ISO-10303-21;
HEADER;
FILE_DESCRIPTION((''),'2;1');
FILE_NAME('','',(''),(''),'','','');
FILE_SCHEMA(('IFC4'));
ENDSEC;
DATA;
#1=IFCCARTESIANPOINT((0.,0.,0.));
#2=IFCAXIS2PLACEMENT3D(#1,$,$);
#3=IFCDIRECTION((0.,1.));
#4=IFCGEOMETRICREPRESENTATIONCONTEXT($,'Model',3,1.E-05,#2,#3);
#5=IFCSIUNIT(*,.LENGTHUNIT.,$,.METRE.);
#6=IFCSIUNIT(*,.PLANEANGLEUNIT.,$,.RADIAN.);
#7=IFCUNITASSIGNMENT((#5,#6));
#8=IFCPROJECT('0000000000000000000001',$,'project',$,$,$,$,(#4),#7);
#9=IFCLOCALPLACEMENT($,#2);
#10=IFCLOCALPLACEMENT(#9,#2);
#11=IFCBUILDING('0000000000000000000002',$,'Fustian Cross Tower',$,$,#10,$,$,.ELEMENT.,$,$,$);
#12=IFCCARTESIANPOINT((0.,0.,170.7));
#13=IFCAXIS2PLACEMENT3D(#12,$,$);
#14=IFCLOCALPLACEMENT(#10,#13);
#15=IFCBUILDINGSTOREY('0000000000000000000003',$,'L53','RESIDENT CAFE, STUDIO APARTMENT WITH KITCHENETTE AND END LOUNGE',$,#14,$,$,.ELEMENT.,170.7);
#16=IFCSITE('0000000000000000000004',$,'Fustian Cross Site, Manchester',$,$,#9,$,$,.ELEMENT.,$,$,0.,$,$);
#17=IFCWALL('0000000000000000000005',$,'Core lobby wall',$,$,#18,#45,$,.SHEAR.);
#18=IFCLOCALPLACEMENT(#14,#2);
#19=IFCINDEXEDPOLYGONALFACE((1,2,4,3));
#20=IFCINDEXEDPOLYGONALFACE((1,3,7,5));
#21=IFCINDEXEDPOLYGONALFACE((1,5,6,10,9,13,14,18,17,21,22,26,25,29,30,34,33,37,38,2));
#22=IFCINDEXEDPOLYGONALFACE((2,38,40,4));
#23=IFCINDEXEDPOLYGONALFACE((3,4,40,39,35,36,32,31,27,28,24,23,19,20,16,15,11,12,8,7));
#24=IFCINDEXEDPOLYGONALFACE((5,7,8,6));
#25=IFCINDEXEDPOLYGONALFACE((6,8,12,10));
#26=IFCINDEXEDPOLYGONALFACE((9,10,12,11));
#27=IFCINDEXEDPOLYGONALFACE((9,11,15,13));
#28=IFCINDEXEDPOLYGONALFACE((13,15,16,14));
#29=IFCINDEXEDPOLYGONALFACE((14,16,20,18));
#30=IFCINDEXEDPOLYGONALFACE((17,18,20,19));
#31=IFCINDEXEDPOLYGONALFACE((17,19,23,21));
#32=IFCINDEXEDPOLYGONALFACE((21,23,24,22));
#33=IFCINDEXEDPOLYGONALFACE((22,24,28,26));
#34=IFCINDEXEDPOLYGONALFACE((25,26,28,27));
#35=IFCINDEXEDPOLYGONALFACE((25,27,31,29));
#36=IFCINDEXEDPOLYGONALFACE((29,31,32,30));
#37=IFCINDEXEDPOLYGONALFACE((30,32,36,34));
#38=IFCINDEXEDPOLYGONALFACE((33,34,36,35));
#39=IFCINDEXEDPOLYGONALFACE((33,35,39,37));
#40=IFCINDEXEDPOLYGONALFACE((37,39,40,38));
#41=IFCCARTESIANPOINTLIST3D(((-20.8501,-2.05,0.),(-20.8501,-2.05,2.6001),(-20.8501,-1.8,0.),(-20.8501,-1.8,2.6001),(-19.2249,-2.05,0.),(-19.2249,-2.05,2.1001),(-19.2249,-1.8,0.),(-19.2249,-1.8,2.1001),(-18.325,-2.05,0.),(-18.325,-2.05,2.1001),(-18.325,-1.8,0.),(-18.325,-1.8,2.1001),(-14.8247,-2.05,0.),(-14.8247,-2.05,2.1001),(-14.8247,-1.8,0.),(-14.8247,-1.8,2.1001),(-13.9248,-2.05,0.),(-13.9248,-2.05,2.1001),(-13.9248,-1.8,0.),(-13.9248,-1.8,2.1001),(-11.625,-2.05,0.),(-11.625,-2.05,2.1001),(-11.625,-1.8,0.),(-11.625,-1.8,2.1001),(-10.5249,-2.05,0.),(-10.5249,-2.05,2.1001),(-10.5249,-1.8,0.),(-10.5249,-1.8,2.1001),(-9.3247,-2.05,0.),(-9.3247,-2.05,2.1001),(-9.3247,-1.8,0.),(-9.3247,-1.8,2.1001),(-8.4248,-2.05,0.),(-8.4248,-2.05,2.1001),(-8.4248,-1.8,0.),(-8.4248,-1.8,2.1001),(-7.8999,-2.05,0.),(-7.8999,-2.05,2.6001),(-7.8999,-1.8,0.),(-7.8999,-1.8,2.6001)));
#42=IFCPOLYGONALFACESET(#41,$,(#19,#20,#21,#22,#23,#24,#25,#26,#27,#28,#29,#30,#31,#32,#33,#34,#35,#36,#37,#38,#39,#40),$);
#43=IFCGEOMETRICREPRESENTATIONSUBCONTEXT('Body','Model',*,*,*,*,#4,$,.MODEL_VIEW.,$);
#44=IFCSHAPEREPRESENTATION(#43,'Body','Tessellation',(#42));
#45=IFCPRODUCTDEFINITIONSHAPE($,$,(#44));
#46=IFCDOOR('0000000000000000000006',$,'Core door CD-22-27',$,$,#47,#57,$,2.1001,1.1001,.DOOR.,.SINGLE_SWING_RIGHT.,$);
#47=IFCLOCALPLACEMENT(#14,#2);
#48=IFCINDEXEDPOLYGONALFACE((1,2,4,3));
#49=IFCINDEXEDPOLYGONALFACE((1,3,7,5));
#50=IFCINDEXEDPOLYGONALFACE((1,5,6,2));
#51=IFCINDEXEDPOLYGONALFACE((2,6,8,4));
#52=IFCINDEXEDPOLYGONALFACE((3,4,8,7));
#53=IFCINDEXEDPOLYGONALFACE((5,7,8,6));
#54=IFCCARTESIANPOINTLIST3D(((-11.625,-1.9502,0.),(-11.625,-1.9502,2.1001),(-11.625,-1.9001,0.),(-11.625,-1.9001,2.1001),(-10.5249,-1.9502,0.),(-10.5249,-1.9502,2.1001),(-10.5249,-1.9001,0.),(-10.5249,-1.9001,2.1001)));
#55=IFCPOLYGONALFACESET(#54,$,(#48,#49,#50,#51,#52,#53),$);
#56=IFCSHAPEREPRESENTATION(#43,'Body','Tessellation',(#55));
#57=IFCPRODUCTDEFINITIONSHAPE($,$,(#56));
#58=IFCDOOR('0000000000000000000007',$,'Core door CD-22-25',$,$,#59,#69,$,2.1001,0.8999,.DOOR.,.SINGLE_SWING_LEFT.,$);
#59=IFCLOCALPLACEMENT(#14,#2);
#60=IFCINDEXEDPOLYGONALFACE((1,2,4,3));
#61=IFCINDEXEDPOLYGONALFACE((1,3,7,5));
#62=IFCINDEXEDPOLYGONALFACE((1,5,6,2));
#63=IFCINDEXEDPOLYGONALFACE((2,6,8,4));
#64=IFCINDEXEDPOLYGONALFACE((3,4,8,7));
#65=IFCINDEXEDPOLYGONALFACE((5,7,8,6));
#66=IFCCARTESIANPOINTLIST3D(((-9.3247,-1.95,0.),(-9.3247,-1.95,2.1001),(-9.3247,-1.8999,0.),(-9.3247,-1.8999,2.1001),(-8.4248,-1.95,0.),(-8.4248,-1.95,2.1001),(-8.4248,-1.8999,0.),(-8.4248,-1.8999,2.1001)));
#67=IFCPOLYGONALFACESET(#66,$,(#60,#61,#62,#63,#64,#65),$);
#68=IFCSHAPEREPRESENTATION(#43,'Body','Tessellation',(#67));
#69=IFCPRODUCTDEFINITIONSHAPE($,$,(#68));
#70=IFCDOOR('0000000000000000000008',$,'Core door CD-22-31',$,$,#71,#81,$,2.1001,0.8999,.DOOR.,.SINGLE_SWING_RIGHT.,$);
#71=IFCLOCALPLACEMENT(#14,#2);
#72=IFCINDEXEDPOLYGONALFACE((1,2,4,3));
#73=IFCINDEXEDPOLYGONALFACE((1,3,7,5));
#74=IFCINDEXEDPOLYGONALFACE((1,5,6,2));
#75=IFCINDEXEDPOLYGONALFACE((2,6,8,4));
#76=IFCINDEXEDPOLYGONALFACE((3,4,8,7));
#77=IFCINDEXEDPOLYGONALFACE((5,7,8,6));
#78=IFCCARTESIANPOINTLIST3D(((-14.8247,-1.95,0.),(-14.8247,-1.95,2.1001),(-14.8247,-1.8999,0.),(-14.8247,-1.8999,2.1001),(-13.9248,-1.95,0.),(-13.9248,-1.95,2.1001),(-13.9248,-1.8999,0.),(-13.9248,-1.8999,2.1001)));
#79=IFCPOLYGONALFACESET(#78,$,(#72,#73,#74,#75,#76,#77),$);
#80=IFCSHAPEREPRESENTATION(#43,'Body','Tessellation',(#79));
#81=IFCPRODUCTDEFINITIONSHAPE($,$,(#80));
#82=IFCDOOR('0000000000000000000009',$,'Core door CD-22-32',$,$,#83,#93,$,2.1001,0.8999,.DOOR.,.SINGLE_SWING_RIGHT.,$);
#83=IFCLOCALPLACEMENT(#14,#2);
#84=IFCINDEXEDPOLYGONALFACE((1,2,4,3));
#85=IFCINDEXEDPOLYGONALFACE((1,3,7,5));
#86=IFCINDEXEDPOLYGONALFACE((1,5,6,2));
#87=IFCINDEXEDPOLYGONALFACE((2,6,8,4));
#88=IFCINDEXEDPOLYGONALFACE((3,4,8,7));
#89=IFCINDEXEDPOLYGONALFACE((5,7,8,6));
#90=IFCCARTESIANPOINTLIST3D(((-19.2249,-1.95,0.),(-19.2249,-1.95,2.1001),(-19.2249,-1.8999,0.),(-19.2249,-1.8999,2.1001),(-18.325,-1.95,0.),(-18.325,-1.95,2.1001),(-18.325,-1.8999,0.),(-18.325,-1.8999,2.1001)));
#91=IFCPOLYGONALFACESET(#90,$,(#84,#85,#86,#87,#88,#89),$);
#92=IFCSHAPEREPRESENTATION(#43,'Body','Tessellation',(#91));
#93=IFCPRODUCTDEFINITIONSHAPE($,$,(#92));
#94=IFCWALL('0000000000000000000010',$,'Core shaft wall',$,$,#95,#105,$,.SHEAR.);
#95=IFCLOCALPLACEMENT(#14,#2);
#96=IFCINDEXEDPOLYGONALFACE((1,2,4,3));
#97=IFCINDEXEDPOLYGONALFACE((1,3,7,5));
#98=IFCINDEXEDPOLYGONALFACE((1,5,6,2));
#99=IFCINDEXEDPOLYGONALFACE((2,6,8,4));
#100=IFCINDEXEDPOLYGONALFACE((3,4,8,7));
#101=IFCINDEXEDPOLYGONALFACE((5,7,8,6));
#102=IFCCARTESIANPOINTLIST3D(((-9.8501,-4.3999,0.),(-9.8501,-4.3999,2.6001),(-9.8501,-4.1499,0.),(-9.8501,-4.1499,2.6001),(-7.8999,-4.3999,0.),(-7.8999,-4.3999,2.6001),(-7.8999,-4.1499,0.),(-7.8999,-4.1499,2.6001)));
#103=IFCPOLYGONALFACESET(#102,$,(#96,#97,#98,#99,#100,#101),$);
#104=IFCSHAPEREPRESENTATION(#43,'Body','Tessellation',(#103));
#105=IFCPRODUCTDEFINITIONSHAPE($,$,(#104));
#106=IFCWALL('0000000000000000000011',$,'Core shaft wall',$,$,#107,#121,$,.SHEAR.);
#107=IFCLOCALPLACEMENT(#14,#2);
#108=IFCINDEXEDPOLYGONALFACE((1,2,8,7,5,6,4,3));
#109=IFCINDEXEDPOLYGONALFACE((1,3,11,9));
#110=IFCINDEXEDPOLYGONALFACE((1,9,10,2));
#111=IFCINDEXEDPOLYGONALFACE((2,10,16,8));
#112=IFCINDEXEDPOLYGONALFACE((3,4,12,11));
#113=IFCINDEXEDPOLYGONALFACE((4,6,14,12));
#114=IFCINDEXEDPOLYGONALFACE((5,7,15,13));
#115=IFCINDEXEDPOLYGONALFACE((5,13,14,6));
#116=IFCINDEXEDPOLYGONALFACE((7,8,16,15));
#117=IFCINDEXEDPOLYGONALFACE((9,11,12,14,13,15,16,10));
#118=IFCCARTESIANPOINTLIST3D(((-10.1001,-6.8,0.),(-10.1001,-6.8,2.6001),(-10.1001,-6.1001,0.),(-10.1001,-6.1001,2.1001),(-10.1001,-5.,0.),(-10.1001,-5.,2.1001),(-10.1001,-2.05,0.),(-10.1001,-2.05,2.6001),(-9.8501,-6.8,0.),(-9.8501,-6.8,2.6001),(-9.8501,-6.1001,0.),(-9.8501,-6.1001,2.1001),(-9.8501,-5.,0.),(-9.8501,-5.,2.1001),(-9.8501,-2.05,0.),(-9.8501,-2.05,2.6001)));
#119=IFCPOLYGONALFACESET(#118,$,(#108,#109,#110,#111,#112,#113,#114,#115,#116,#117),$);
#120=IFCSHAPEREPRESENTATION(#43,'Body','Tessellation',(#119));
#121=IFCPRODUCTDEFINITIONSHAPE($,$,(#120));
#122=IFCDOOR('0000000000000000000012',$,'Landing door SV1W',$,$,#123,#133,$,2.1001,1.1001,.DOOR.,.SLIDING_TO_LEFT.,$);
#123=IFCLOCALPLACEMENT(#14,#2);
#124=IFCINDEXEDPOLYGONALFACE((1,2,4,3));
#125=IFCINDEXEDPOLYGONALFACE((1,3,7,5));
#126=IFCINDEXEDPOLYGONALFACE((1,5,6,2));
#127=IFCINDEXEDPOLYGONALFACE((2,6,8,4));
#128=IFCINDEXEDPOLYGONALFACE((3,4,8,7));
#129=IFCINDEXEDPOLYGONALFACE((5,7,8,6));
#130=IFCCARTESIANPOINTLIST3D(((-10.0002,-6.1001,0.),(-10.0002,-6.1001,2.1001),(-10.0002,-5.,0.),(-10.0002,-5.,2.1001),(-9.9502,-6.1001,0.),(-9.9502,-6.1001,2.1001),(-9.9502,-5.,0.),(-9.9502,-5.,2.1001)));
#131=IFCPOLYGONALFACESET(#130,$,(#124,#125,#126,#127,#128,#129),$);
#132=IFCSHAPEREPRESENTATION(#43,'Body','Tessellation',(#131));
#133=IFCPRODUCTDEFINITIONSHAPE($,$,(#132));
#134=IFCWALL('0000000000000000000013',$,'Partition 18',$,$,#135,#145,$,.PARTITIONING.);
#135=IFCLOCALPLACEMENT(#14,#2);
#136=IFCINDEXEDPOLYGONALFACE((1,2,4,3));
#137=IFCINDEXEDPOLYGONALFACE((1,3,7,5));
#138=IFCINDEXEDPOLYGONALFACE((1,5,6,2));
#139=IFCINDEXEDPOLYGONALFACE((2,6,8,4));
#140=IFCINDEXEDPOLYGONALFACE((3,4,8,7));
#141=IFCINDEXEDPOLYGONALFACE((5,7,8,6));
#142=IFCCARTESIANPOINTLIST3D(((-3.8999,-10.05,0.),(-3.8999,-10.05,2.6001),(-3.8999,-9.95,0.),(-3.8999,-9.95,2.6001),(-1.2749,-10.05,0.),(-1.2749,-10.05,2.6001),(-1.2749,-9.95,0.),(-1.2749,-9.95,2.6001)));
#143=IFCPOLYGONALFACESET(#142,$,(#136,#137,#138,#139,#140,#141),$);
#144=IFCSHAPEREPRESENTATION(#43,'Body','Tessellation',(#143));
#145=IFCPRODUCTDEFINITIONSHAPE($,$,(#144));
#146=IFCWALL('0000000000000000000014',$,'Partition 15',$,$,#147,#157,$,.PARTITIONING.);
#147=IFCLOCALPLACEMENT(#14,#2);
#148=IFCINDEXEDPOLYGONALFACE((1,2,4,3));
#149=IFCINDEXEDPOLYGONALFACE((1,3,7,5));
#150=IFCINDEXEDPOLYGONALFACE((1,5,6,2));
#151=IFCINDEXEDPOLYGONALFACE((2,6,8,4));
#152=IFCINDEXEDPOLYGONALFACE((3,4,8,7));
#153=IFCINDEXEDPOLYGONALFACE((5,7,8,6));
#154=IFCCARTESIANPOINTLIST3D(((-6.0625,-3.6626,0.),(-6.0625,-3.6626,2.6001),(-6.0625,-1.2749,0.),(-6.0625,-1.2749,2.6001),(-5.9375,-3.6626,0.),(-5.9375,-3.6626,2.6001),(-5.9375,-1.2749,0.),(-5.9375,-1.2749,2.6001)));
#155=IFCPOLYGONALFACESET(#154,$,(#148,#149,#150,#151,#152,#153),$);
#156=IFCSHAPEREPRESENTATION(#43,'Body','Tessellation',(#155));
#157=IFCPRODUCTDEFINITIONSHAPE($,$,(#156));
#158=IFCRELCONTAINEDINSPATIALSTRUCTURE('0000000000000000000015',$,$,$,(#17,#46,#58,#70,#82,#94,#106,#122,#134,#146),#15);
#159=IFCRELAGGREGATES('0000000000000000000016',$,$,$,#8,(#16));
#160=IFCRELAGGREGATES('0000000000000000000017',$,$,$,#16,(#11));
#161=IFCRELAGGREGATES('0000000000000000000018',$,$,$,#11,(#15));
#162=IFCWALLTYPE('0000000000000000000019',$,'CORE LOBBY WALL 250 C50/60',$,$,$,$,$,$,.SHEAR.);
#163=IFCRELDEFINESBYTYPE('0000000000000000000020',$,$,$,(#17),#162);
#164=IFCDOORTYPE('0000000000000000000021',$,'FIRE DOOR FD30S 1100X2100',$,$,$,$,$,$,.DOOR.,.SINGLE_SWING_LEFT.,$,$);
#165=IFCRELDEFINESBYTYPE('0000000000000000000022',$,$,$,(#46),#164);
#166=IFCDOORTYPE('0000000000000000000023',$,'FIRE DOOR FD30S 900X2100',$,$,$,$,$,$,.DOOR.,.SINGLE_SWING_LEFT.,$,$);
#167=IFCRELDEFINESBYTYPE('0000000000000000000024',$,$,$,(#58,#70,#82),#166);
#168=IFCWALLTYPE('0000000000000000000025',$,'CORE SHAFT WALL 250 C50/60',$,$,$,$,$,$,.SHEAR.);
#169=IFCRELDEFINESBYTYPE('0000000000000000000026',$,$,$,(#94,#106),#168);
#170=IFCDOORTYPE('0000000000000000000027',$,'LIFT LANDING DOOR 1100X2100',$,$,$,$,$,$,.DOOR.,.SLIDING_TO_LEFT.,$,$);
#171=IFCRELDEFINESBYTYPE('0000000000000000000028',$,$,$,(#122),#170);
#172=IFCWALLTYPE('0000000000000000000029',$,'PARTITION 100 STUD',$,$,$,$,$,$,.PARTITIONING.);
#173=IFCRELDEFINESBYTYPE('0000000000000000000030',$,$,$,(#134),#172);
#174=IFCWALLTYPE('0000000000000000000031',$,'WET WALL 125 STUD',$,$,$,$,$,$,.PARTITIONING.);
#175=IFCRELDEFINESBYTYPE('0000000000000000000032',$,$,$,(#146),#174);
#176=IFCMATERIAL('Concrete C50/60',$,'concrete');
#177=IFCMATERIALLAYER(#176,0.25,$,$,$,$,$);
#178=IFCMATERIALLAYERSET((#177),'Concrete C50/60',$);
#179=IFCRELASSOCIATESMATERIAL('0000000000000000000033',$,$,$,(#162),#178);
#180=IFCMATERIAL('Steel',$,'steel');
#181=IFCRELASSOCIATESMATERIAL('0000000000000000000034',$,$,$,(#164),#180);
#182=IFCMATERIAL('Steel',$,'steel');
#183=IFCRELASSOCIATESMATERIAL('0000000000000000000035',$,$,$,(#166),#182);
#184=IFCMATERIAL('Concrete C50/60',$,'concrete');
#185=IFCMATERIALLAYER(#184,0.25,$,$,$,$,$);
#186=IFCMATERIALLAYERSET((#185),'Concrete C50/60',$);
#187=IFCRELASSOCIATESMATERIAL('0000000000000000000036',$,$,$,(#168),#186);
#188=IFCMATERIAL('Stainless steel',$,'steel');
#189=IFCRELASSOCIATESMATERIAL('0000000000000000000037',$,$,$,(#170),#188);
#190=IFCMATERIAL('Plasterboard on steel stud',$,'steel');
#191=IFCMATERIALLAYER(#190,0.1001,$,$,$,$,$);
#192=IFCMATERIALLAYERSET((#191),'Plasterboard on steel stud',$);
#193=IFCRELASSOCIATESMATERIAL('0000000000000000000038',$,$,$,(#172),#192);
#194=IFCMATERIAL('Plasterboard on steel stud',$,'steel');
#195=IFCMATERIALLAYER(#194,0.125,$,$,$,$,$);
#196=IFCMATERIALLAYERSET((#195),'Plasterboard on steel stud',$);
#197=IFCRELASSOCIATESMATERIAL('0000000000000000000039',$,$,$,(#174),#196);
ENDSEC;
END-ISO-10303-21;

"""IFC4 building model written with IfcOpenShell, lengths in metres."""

from ifc_helpers import new_model, si_unit, direction, frame, frame_2d, origin, place, context, subcontext, project, spatial, rectangle, extrude, material, layer, layer_set, type_object, element, fill, save


model = new_model("IFC4")

# Units and contexts
model_context = context("Model", 3, precision=1e-05, world=origin(), true_north=direction((0.0, 1.0)))
body_context = subcontext(model_context, "Body", "Model", "MODEL_VIEW")
ifc_project = project(units=[si_unit("LENGTHUNIT", "METRE"), si_unit("PLANEANGLEUNIT", "RADIAN")], contexts=[model_context])

# Site, building, storey
site_placement = place(None, origin())
site = spatial("IfcSite", under=ifc_project, at=site_placement, Name="Fustian Cross Site, Manchester", CompositionType="ELEMENT", RefElevation=0.0)
building_placement = place(site_placement, origin())
building = spatial("IfcBuilding", under=site, at=building_placement, Name="Fustian Cross Tower", CompositionType="ELEMENT")
storey_placement = place(building_placement, frame((0.0, 0.0, 170.7)))
storey = spatial("IfcBuildingStorey", under=building, at=storey_placement, Name="L53", Description="RESIDENT CAFE, STUDIO APARTMENT WITH KITCHENETTE AND END LOUNGE", CompositionType="ELEMENT", Elevation=170.7)

# Wall, openings, doors
ifc_material_1 = material(Name="Concrete C50/60", Category="concrete")
ifc_layer_1 = layer(ifc_material_1, 0.25)
ifc_layer_set_1 = layer_set([ifc_layer_1], Name="Concrete C50/60")
wall_type_1 = type_object("IfcWallType", Name="CORE LOBBY WALL 250 C50/60", PredefinedType="SHEAR", material=ifc_layer_set_1)
wall_1_placement = place(storey_placement, frame((-7.8999, -1.925, 0.0), z_axis=(0.0, 0.0, 1.0), x_axis=(-1.0, 0.0, 0.0)))
wall_1 = element("IfcWall", 1, at=wall_1_placement, inside=storey, type_object=wall_type_1, Name="Core lobby wall", PredefinedType="SHEAR", context=body_context, shape_type="SweptSolid", body=[
    extrude(rectangle(XDim=12.9502, YDim=0.25, at=frame_2d((6.4751, 0.0))), origin(), (0.0, 0.0, 1.0), 2.6001),
])
opening_1_placement = place(wall_1_placement, frame((0.5249, 0.0, 0.0)))
opening_1 = element("IfcOpeningElement", 2, at=opening_1_placement, cuts=wall_1, PredefinedType="OPENING", context=body_context, shape_type="SweptSolid", body=[
    extrude(rectangle(XDim=0.8999, YDim=2.1001, at=frame_2d((0.45, 1.05))), frame((0.0, 0.135, 0.0), z_axis=(0.0, -1.0, 0.0), x_axis=(1.0, 0.0, 0.0)), (0.0, 0.0, 1.0), 0.27),
])
opening_2_placement = place(wall_1_placement, frame((2.625, 0.0, 0.0)))
opening_2 = element("IfcOpeningElement", 3, at=opening_2_placement, cuts=wall_1, PredefinedType="OPENING", context=body_context, shape_type="SweptSolid", body=[
    extrude(rectangle(XDim=1.1001, YDim=2.1001, at=frame_2d((0.55, 1.05))), frame((0.0, 0.135, 0.0), z_axis=(0.0, -1.0, 0.0), x_axis=(1.0, 0.0, 0.0)), (0.0, 0.0, 1.0), 0.27),
])
opening_3_placement = place(wall_1_placement, frame((6.0249, 0.0, 0.0)))
opening_3 = element("IfcOpeningElement", 4, at=opening_3_placement, cuts=wall_1, PredefinedType="OPENING", context=body_context, shape_type="SweptSolid", body=[
    extrude(rectangle(XDim=0.8999, YDim=2.1001, at=frame_2d((0.45, 1.05))), frame((0.0, 0.135, 0.0), z_axis=(0.0, -1.0, 0.0), x_axis=(1.0, 0.0, 0.0)), (0.0, 0.0, 1.0), 0.27),
])
opening_4_placement = place(wall_1_placement, frame((10.425, 0.0, 0.0)))
opening_4 = element("IfcOpeningElement", 5, at=opening_4_placement, cuts=wall_1, PredefinedType="OPENING", context=body_context, shape_type="SweptSolid", body=[
    extrude(rectangle(XDim=0.8999, YDim=2.1001, at=frame_2d((0.45, 1.05))), frame((0.0, 0.135, 0.0), z_axis=(0.0, -1.0, 0.0), x_axis=(1.0, 0.0, 0.0)), (0.0, 0.0, 1.0), 0.27),
])
ifc_material_2 = material(Name="Steel", Category="steel")
door_type_1 = type_object("IfcDoorType", Name="FIRE DOOR FD30S 1100X2100", OperationType="SINGLE_SWING_LEFT", PredefinedType="DOOR", material=ifc_material_2)
door_1_placement = place(opening_2_placement, frame((1.1001, 0.0, 0.0), z_axis=(0.0, 0.0, 1.0), x_axis=(-1.0, 0.0, 0.0)))
door_1 = element("IfcDoor", 6, at=door_1_placement, inside=storey, type_object=door_type_1, Name="Core door CD-22-27", OperationType="SINGLE_SWING_RIGHT", OverallHeight=2.1001, OverallWidth=1.1001, PredefinedType="DOOR", context=body_context, shape_type="SweptSolid", body=[
    extrude(rectangle(XDim=1.1001, YDim=2.1001, at=frame_2d((0.55, 1.05))), frame((0.0, 0.0249, 0.0), z_axis=(0.0, -1.0, 0.0), x_axis=(1.0, 0.0, 0.0)), (0.0, 0.0, 1.0), 0.05),
])
fill(opening_2, door_1)
ifc_material_3 = material(Name="Steel", Category="steel")
door_type_2 = type_object("IfcDoorType", Name="FIRE DOOR FD30S 900X2100", OperationType="SINGLE_SWING_LEFT", PredefinedType="DOOR", material=ifc_material_3)
door_2_placement = place(opening_1_placement, origin())
door_2 = element("IfcDoor", 7, at=door_2_placement, inside=storey, type_object=door_type_2, Name="Core door CD-22-25", OperationType="SINGLE_SWING_LEFT", OverallHeight=2.1001, OverallWidth=0.8999, PredefinedType="DOOR", context=body_context, shape_type="SweptSolid", body=[
    extrude(rectangle(XDim=0.8999, YDim=2.1001, at=frame_2d((0.45, 1.05))), frame((0.0, 0.0249, 0.0), z_axis=(0.0, -1.0, 0.0), x_axis=(1.0, 0.0, 0.0)), (0.0, 0.0, 1.0), 0.05),
])
fill(opening_1, door_2)
door_3_placement = place(opening_3_placement, origin())
door_3 = element("IfcDoor", 8, at=door_3_placement, inside=storey, type_object=door_type_2, Name="Core door CD-22-31", OperationType="SINGLE_SWING_RIGHT", OverallHeight=2.1001, OverallWidth=0.8999, PredefinedType="DOOR", context=body_context, shape_type="SweptSolid", body=[
    extrude(rectangle(XDim=0.8999, YDim=2.1001, at=frame_2d((0.45, 1.05))), frame((0.0, 0.0249, 0.0), z_axis=(0.0, -1.0, 0.0), x_axis=(1.0, 0.0, 0.0)), (0.0, 0.0, 1.0), 0.05),
])
fill(opening_3, door_3)
door_4_placement = place(opening_4_placement, origin())
door_4 = element("IfcDoor", 9, at=door_4_placement, inside=storey, type_object=door_type_2, Name="Core door CD-22-32", OperationType="SINGLE_SWING_RIGHT", OverallHeight=2.1001, OverallWidth=0.8999, PredefinedType="DOOR", context=body_context, shape_type="SweptSolid", body=[
    extrude(rectangle(XDim=0.8999, YDim=2.1001, at=frame_2d((0.45, 1.05))), frame((0.0, 0.0249, 0.0), z_axis=(0.0, -1.0, 0.0), x_axis=(1.0, 0.0, 0.0)), (0.0, 0.0, 1.0), 0.05),
])
fill(opening_4, door_4)

# Wall
ifc_material_4 = material(Name="Concrete C50/60", Category="concrete")
ifc_layer_2 = layer(ifc_material_4, 0.25)
ifc_layer_set_2 = layer_set([ifc_layer_2], Name="Concrete C50/60")
wall_type_2 = type_object("IfcWallType", Name="CORE SHAFT WALL 250 C50/60", PredefinedType="SHEAR", material=ifc_layer_set_2)
wall_2_placement = place(storey_placement, frame((-7.8999, -4.2749, 0.0), z_axis=(0.0, 0.0, 1.0), x_axis=(-1.0, 0.0, 0.0)))
element("IfcWall", 10, at=wall_2_placement, inside=storey, type_object=wall_type_2, Name="Core shaft wall", PredefinedType="SHEAR", context=body_context, shape_type="SweptSolid", body=[
    extrude(rectangle(XDim=1.9502, YDim=0.25, at=frame_2d((0.9751, 0.0))), origin(), (0.0, 0.0, 1.0), 2.6001),
])

# Wall, opening, door
wall_3_placement = place(storey_placement, frame((-9.9751, -2.05, 0.0), z_axis=(0.0, 0.0, 1.0), x_axis=(0.0, -1.0, 0.0)))
wall_3 = element("IfcWall", 11, at=wall_3_placement, inside=storey, type_object=wall_type_2, Name="Core shaft wall", PredefinedType="SHEAR", context=body_context, shape_type="SweptSolid", body=[
    extrude(rectangle(XDim=4.75, YDim=0.25, at=frame_2d((2.375, 0.0))), origin(), (0.0, 0.0, 1.0), 2.6001),
])
opening_5_placement = place(wall_3_placement, frame((2.95, 0.0, 0.0)))
opening_5 = element("IfcOpeningElement", 12, at=opening_5_placement, cuts=wall_3, PredefinedType="OPENING", context=body_context, shape_type="SweptSolid", body=[
    extrude(rectangle(XDim=1.1001, YDim=2.1001, at=frame_2d((0.55, 1.05))), frame((0.0, 0.135, 0.0), z_axis=(0.0, -1.0, 0.0), x_axis=(1.0, 0.0, 0.0)), (0.0, 0.0, 1.0), 0.27),
])
ifc_material_5 = material(Name="Stainless steel", Category="steel")
door_type_3 = type_object("IfcDoorType", Name="LIFT LANDING DOOR 1100X2100", OperationType="SLIDING_TO_LEFT", PredefinedType="DOOR", material=ifc_material_5)
door_5_placement = place(opening_5_placement, origin())
door_5 = element("IfcDoor", 13, at=door_5_placement, inside=storey, type_object=door_type_3, Name="Landing door SV1W", OperationType="SLIDING_TO_LEFT", OverallHeight=2.1001, OverallWidth=1.1001, PredefinedType="DOOR", context=body_context, shape_type="SweptSolid", body=[
    extrude(rectangle(XDim=1.1001, YDim=2.1001, at=frame_2d((0.55, 1.05))), frame((0.0, 0.0249, 0.0), z_axis=(0.0, -1.0, 0.0), x_axis=(1.0, 0.0, 0.0)), (0.0, 0.0, 1.0), 0.05),
])
fill(opening_5, door_5)

# Walls
ifc_material_6 = material(Name="Plasterboard on steel stud", Category="steel")
ifc_layer_3 = layer(ifc_material_6, 0.1001)
ifc_layer_set_3 = layer_set([ifc_layer_3], Name="Plasterboard on steel stud")
wall_type_3 = type_object("IfcWallType", Name="PARTITION 100 STUD", PredefinedType="PARTITIONING", material=ifc_layer_set_3)
wall_4_placement = place(storey_placement, frame((-3.8999, -10.0, 0.0), z_axis=(0.0, 0.0, 1.0), x_axis=(1.0, 0.0, 0.0)))
element("IfcWall", 14, at=wall_4_placement, inside=storey, type_object=wall_type_3, Name="Partition 18", PredefinedType="PARTITIONING", context=body_context, shape_type="SweptSolid", body=[
    extrude(rectangle(XDim=2.625, YDim=0.1001, at=frame_2d((1.3125, 0.0))), origin(), (0.0, 0.0, 1.0), 2.6001),
])
ifc_material_7 = material(Name="Plasterboard on steel stud", Category="steel")
ifc_layer_4 = layer(ifc_material_7, 0.125)
ifc_layer_set_4 = layer_set([ifc_layer_4], Name="Plasterboard on steel stud")
wall_type_4 = type_object("IfcWallType", Name="WET WALL 125 STUD", PredefinedType="PARTITIONING", material=ifc_layer_set_4)
wall_5_placement = place(storey_placement, frame((-6.0, -3.6626, 0.0), z_axis=(0.0, 0.0, 1.0), x_axis=(0.0, 1.0, 0.0)))
element("IfcWall", 15, at=wall_5_placement, inside=storey, type_object=wall_type_4, Name="Partition 15", PredefinedType="PARTITIONING", context=body_context, shape_type="SweptSolid", body=[
    extrude(rectangle(XDim=2.3877, YDim=0.125, at=frame_2d((1.1938, 0.0))), origin(), (0.0, 0.0, 1.0), 2.6001),
])

save(model, "model.ifc")
